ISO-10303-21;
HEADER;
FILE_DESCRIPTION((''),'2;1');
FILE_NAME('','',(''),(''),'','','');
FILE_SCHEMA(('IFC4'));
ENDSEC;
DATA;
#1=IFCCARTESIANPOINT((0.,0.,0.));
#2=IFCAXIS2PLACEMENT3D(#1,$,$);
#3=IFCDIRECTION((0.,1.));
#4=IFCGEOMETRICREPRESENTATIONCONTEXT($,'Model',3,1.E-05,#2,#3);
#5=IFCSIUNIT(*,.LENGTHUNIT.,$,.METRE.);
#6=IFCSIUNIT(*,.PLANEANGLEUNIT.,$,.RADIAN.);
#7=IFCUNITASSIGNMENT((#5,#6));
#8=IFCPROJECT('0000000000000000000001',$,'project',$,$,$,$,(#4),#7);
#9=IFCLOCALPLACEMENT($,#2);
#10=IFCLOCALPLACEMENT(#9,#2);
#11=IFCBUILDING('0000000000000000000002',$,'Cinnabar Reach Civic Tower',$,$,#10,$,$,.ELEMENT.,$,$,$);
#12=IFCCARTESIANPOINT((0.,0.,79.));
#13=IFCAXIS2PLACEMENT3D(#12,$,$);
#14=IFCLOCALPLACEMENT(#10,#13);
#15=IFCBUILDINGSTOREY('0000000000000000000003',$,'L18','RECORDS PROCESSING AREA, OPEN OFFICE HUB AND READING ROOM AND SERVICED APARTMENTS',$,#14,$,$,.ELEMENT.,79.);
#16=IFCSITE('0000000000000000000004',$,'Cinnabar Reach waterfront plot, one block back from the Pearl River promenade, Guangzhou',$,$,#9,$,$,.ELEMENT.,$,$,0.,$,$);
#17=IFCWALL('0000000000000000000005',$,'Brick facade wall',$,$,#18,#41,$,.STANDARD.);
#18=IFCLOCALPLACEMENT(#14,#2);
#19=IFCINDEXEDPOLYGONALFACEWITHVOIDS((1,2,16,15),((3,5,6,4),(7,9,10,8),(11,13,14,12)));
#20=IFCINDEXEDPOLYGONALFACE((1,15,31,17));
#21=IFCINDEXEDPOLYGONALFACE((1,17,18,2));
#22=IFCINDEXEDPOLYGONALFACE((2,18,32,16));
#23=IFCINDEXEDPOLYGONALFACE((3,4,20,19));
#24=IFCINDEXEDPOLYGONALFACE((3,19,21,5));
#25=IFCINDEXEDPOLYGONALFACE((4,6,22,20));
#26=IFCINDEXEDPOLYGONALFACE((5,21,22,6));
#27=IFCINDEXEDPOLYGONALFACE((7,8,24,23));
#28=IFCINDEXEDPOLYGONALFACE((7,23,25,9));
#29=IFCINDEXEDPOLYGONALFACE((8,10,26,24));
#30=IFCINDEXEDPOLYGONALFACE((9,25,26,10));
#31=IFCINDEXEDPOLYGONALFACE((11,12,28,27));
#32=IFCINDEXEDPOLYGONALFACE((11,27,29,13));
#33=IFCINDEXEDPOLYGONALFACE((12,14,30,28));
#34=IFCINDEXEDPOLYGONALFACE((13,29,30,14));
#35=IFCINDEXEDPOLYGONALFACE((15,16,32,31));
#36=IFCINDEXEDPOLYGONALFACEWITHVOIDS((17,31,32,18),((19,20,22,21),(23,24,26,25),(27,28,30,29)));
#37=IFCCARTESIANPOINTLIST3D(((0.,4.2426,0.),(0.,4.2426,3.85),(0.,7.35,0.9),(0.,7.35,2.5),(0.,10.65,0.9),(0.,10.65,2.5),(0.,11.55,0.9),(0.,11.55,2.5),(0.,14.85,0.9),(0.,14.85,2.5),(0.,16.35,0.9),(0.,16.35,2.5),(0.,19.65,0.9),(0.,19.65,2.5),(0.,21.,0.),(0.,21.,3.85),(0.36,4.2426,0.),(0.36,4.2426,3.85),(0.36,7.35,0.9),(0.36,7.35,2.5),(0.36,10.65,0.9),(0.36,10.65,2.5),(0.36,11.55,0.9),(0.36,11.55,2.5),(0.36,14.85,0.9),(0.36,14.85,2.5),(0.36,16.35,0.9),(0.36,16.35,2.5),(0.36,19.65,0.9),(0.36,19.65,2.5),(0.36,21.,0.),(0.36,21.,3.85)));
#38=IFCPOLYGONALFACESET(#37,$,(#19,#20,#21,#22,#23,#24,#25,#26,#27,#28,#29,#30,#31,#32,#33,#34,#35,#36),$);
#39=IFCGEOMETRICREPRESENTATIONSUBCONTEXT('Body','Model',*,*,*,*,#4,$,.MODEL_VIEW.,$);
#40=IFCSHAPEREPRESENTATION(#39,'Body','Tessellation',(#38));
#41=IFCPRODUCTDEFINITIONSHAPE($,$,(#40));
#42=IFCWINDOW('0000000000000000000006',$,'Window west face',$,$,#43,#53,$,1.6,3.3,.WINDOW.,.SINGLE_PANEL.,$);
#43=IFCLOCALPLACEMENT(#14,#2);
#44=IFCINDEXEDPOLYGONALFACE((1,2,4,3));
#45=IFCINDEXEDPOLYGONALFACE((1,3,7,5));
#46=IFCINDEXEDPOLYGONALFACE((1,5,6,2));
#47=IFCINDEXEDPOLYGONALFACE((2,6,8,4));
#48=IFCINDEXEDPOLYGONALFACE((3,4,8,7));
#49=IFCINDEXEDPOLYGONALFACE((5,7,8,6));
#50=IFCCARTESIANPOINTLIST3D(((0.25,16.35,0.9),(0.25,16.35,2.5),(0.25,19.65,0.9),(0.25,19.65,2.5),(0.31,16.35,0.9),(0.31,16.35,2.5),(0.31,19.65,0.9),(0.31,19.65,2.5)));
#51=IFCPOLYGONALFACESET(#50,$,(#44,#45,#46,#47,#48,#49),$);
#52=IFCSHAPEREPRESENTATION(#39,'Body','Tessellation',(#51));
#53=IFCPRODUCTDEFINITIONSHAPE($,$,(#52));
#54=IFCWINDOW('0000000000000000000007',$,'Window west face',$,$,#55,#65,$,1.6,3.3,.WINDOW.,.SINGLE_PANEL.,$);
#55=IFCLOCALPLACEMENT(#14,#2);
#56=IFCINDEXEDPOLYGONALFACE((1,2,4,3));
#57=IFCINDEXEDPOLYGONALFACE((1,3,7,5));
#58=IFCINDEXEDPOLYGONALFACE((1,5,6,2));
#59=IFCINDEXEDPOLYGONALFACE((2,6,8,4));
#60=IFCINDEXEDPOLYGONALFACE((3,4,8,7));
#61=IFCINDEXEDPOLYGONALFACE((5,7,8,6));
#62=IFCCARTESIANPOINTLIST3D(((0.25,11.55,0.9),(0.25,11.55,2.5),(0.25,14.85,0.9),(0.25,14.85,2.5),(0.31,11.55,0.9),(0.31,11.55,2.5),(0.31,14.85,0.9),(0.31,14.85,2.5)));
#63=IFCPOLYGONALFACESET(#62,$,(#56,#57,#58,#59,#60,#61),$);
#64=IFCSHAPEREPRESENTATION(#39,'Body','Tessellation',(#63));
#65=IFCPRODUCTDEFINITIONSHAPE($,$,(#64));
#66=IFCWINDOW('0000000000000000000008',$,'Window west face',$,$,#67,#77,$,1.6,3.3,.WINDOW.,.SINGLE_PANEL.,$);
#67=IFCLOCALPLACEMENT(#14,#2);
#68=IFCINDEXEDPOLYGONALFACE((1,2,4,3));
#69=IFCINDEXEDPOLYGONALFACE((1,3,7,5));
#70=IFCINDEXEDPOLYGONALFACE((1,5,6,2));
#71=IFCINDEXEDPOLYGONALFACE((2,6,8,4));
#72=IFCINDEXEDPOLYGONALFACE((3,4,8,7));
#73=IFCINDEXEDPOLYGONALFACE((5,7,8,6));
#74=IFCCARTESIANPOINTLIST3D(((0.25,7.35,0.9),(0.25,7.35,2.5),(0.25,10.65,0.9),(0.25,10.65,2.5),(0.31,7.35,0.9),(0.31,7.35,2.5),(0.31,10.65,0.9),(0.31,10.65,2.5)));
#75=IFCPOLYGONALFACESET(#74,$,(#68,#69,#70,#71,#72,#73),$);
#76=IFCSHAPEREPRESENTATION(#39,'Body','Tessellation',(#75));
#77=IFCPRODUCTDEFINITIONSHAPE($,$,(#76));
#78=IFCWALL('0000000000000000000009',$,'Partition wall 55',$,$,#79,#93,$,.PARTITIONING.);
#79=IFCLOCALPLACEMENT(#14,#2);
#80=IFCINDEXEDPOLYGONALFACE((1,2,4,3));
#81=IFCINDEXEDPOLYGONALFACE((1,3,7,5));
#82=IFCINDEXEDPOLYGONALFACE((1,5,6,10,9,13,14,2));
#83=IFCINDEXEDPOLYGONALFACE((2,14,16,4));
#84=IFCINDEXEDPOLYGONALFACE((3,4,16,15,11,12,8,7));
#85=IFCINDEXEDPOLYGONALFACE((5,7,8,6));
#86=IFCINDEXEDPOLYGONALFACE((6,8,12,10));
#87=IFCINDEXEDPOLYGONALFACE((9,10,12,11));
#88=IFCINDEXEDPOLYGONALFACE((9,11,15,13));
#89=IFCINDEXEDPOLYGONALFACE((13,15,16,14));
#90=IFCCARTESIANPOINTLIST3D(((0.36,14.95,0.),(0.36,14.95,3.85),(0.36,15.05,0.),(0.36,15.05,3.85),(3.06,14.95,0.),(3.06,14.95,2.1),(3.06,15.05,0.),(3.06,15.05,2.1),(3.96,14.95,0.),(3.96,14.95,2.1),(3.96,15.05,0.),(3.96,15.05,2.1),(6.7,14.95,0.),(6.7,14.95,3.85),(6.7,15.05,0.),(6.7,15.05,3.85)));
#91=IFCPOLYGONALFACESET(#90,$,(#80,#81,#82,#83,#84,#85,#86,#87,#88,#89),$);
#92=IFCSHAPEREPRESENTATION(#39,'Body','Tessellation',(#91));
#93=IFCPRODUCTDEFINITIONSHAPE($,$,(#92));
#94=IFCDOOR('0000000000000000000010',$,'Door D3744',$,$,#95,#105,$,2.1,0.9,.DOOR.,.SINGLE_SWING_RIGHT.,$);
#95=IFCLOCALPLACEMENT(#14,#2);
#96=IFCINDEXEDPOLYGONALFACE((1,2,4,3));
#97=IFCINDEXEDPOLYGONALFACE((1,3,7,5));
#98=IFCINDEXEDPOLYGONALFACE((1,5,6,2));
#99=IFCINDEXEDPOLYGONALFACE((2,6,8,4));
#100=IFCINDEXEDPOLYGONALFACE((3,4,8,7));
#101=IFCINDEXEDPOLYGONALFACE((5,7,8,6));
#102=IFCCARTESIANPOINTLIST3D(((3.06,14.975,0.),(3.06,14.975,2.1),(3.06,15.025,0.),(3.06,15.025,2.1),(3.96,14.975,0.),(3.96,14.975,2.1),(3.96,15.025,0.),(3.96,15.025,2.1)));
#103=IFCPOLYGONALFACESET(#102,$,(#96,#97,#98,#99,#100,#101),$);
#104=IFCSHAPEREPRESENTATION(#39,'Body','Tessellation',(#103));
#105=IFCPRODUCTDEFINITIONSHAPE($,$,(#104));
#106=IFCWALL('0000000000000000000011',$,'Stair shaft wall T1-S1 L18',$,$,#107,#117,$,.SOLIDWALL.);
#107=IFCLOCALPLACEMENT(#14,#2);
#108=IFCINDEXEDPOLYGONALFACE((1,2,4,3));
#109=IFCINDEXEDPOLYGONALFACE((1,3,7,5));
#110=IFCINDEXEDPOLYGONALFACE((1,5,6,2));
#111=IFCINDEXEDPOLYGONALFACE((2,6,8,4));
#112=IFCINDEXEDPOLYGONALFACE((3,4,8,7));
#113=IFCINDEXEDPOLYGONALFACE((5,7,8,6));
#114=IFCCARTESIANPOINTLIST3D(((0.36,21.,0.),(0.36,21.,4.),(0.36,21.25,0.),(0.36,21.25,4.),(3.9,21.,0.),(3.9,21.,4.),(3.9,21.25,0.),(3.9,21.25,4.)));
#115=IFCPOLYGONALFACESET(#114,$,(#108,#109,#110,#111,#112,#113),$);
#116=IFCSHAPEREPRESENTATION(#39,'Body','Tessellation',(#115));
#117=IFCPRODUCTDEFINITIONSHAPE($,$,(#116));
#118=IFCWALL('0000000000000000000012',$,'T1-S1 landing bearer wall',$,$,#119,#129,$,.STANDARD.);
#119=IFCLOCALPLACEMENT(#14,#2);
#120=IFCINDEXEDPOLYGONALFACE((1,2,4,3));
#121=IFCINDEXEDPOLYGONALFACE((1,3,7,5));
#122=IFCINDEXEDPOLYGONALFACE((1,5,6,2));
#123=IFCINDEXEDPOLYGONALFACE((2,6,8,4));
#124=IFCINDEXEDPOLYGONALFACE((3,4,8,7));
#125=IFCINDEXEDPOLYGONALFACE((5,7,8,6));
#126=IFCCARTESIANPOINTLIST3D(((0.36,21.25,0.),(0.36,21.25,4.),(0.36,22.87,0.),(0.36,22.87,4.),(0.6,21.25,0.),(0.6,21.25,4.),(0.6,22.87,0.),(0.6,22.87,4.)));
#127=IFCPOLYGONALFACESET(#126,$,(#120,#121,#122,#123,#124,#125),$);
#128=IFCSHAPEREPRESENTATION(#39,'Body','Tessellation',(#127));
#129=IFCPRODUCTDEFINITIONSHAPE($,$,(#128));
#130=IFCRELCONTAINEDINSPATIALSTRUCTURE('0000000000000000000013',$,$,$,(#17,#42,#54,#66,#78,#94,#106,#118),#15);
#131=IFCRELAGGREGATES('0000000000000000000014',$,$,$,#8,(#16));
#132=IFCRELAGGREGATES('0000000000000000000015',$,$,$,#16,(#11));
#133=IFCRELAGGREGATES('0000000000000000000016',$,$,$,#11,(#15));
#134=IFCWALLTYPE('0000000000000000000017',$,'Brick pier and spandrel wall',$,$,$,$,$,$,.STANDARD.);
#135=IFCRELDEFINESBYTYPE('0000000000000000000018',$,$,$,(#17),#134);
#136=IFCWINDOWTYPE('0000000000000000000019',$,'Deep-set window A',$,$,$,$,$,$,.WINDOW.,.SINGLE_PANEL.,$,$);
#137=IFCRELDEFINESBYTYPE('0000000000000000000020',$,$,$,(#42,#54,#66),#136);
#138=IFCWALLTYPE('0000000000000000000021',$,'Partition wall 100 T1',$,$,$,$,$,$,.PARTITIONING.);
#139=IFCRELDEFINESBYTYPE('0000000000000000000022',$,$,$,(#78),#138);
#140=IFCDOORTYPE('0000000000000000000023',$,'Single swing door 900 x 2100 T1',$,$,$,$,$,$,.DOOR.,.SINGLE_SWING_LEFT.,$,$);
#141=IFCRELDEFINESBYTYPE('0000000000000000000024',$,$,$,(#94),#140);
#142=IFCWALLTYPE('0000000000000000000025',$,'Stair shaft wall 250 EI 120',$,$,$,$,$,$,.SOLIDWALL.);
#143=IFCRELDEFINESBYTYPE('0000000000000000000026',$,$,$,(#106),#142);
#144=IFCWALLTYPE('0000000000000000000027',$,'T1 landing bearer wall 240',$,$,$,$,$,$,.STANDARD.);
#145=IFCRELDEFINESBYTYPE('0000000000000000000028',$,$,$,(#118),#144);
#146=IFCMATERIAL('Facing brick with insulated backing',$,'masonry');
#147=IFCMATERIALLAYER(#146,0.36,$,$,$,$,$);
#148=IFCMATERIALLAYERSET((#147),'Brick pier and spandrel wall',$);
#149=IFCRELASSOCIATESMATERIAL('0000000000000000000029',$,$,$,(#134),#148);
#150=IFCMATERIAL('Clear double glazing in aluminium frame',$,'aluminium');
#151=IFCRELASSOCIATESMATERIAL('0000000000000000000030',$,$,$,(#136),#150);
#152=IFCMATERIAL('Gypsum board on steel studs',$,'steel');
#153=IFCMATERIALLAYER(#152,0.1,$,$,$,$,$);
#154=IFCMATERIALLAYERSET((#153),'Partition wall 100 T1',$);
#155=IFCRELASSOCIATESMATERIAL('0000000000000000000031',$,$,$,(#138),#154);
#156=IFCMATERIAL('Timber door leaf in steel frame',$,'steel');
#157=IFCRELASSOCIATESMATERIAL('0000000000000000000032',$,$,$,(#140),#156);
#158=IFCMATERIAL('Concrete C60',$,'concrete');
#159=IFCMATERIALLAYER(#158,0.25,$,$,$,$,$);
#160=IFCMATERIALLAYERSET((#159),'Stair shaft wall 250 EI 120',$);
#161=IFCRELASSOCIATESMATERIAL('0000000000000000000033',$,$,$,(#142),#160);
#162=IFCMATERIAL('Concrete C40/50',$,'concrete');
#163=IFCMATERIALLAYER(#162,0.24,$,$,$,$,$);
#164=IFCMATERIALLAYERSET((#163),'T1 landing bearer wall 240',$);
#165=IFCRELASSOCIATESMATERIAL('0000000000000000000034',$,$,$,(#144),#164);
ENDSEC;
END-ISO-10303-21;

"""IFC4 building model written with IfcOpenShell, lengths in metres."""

from ifc_helpers import new_model, si_unit, direction, frame, frame_2d, origin, place, context, subcontext, project, spatial, rectangle, extrude, material, layer, layer_set, type_object, element, fill, save


model = new_model("IFC4")

# Units and contexts
model_context = context("Model", 3, precision=1e-05, world=origin(), true_north=direction((0.0, 1.0)))
body_context = subcontext(model_context, "Body", "Model", "MODEL_VIEW")
ifc_project = project(units=[si_unit("LENGTHUNIT", "METRE"), si_unit("PLANEANGLEUNIT", "RADIAN")], contexts=[model_context])

# Site, building, storey
site_placement = place(None, origin())
site = spatial("IfcSite", under=ifc_project, at=site_placement, Name="Cinnabar Reach waterfront plot, one block back from the Pearl River promenade, Guangzhou", CompositionType="ELEMENT", RefElevation=0.0)
building_placement = place(site_placement, origin())
building = spatial("IfcBuilding", under=site, at=building_placement, Name="Cinnabar Reach Civic Tower", CompositionType="ELEMENT")
storey_placement = place(building_placement, frame((0.0, 0.0, 79.0)))
storey = spatial("IfcBuildingStorey", under=building, at=storey_placement, Name="L18", Description="RECORDS PROCESSING AREA, OPEN OFFICE HUB AND READING ROOM AND SERVICED APARTMENTS", CompositionType="ELEMENT", Elevation=79.0)

# Shared definitions
ifc_material_1 = material(Name="Facing brick with insulated backing", Category="masonry")

# Wall, openings, windows
ifc_layer_1 = layer(ifc_material_1, 0.36)
ifc_layer_set_1 = layer_set([ifc_layer_1], Name="Brick pier and spandrel wall")
wall_type_1 = type_object("IfcWallType", Name="Brick pier and spandrel wall", PredefinedType="STANDARD", material=ifc_layer_set_1)
wall_1_placement = place(storey_placement, frame((0.18, 21.0, 0.0), z_axis=(0.0, 0.0, 1.0), x_axis=(0.0, -1.0, 0.0)))
wall_1 = element("IfcWall", 1, at=wall_1_placement, inside=storey, type_object=wall_type_1, Name="Brick facade wall", PredefinedType="STANDARD", context=body_context, shape_type="SweptSolid", body=[
    extrude(rectangle(XDim=16.7574, YDim=0.36, at=frame_2d((8.3787, 0.0))), origin(), (0.0, 0.0, 1.0), 3.85),
])
opening_1_placement = place(wall_1_placement, frame((1.35, 0.0, 0.9)))
opening_1 = element("IfcOpeningElement", 2, at=opening_1_placement, cuts=wall_1, PredefinedType="OPENING", context=body_context, shape_type="SweptSolid", body=[
    extrude(rectangle(XDim=3.3, YDim=1.6, at=frame_2d((1.65, 0.8))), frame((0.0, 0.19, 0.0), z_axis=(0.0, -1.0, 0.0), x_axis=(1.0, 0.0, 0.0)), (0.0, 0.0, 1.0), 0.38),
])
opening_2_placement = place(wall_1_placement, frame((6.15, 0.0, 0.9)))
opening_2 = element("IfcOpeningElement", 3, at=opening_2_placement, cuts=wall_1, PredefinedType="OPENING", context=body_context, shape_type="SweptSolid", body=[
    extrude(rectangle(XDim=3.3, YDim=1.6, at=frame_2d((1.65, 0.8))), frame((0.0, 0.19, 0.0), z_axis=(0.0, -1.0, 0.0), x_axis=(1.0, 0.0, 0.0)), (0.0, 0.0, 1.0), 0.38),
])
opening_3_placement = place(wall_1_placement, frame((10.35, 0.0, 0.9)))
opening_3 = element("IfcOpeningElement", 4, at=opening_3_placement, cuts=wall_1, PredefinedType="OPENING", context=body_context, shape_type="SweptSolid", body=[
    extrude(rectangle(XDim=3.3, YDim=1.6, at=frame_2d((1.65, 0.8))), frame((0.0, 0.19, 0.0), z_axis=(0.0, -1.0, 0.0), x_axis=(1.0, 0.0, 0.0)), (0.0, 0.0, 1.0), 0.38),
])
ifc_material_2 = material(Name="Clear double glazing in aluminium frame", Category="aluminium")
window_type = type_object("IfcWindowType", Name="Deep-set window A", PartitioningType="SINGLE_PANEL", PredefinedType="WINDOW", material=ifc_material_2)
window_1_placement = place(opening_1_placement, origin())
window_1 = element("IfcWindow", 5, at=window_1_placement, inside=storey, type_object=window_type, Name="Window west face", OverallHeight=1.6, OverallWidth=3.3, PartitioningType="SINGLE_PANEL", PredefinedType="WINDOW", context=body_context, shape_type="SweptSolid", body=[
    extrude(rectangle(XDim=3.3, YDim=1.6, at=frame_2d((1.65, 0.8))), frame((0.0, 0.13, 0.0), z_axis=(0.0, -1.0, 0.0), x_axis=(1.0, 0.0, 0.0)), (0.0, 0.0, 1.0), 0.06),
])
fill(opening_1, window_1)
window_2_placement = place(opening_2_placement, origin())
window_2 = element("IfcWindow", 6, at=window_2_placement, inside=storey, type_object=window_type, Name="Window west face", OverallHeight=1.6, OverallWidth=3.3, PartitioningType="SINGLE_PANEL", PredefinedType="WINDOW", context=body_context, shape_type="SweptSolid", body=[
    extrude(rectangle(XDim=3.3, YDim=1.6, at=frame_2d((1.65, 0.8))), frame((0.0, 0.13, 0.0), z_axis=(0.0, -1.0, 0.0), x_axis=(1.0, 0.0, 0.0)), (0.0, 0.0, 1.0), 0.06),
])
fill(opening_2, window_2)
window_3_placement = place(opening_3_placement, origin())
window_3 = element("IfcWindow", 7, at=window_3_placement, inside=storey, type_object=window_type, Name="Window west face", OverallHeight=1.6, OverallWidth=3.3, PartitioningType="SINGLE_PANEL", PredefinedType="WINDOW", context=body_context, shape_type="SweptSolid", body=[
    extrude(rectangle(XDim=3.3, YDim=1.6, at=frame_2d((1.65, 0.8))), frame((0.0, 0.13, 0.0), z_axis=(0.0, -1.0, 0.0), x_axis=(1.0, 0.0, 0.0)), (0.0, 0.0, 1.0), 0.06),
])
fill(opening_3, window_3)

# Wall, opening, door
ifc_material_3 = material(Name="Gypsum board on steel studs", Category="steel")
ifc_layer_2 = layer(ifc_material_3, 0.1)
ifc_layer_set_2 = layer_set([ifc_layer_2], Name="Partition wall 100 T1")
wall_type_2 = type_object("IfcWallType", Name="Partition wall 100 T1", PredefinedType="PARTITIONING", material=ifc_layer_set_2)
wall_2_placement = place(storey_placement, frame((0.36, 15.0, 0.0), z_axis=(0.0, 0.0, 1.0), x_axis=(1.0, 0.0, 0.0)))
wall_2 = element("IfcWall", 8, at=wall_2_placement, inside=storey, type_object=wall_type_2, Name="Partition wall 55", PredefinedType="PARTITIONING", context=body_context, shape_type="SweptSolid", body=[
    extrude(rectangle(XDim=6.34, YDim=0.1, at=frame_2d((3.17, 0.0))), origin(), (0.0, 0.0, 1.0), 3.85),
])
opening_4_placement = place(wall_2_placement, frame((2.7, 0.0, 0.0)))
opening_4 = element("IfcOpeningElement", 9, at=opening_4_placement, cuts=wall_2, PredefinedType="OPENING", context=body_context, shape_type="SweptSolid", body=[
    extrude(rectangle(XDim=0.9, YDim=2.1, at=frame_2d((0.45, 1.05))), frame((0.0, 0.06, 0.0), z_axis=(0.0, -1.0, 0.0), x_axis=(1.0, 0.0, 0.0)), (0.0, 0.0, 1.0), 0.12),
])
ifc_material_4 = material(Name="Timber door leaf in steel frame", Category="steel")
door_type = type_object("IfcDoorType", Name="Single swing door 900 x 2100 T1", OperationType="SINGLE_SWING_LEFT", PredefinedType="DOOR", material=ifc_material_4)
door_placement = place(opening_4_placement, origin())
door = element("IfcDoor", 10, at=door_placement, inside=storey, type_object=door_type, Name="Door D3744", OperationType="SINGLE_SWING_RIGHT", OverallHeight=2.1, OverallWidth=0.9, PredefinedType="DOOR", context=body_context, shape_type="SweptSolid", body=[
    extrude(rectangle(XDim=0.9, YDim=2.1, at=frame_2d((0.45, 1.05))), frame((0.0, 0.025, 0.0), z_axis=(0.0, -1.0, 0.0), x_axis=(1.0, 0.0, 0.0)), (0.0, 0.0, 1.0), 0.05),
])
fill(opening_4, door)

# Walls
ifc_material_5 = material(Name="Concrete C60", Category="concrete")
ifc_layer_3 = layer(ifc_material_5, 0.25)
ifc_layer_set_3 = layer_set([ifc_layer_3], Name="Stair shaft wall 250 EI 120")
wall_type_3 = type_object("IfcWallType", Name="Stair shaft wall 250 EI 120", PredefinedType="SOLIDWALL", material=ifc_layer_set_3)
wall_3_placement = place(storey_placement, frame((0.36, 21.125, 0.0), z_axis=(0.0, 0.0, 1.0), x_axis=(1.0, 0.0, 0.0)))
element("IfcWall", 11, at=wall_3_placement, inside=storey, type_object=wall_type_3, Name="Stair shaft wall T1-S1 L18", PredefinedType="SOLIDWALL", context=body_context, shape_type="SweptSolid", body=[
    extrude(rectangle(XDim=3.54, YDim=0.25, at=frame_2d((1.77, 0.0))), origin(), (0.0, 0.0, 1.0), 4.0),
])
ifc_material_6 = material(Name="Concrete C40/50", Category="concrete")
ifc_layer_4 = layer(ifc_material_6, 0.24)
ifc_layer_set_4 = layer_set([ifc_layer_4], Name="T1 landing bearer wall 240")
wall_type_4 = type_object("IfcWallType", Name="T1 landing bearer wall 240", PredefinedType="STANDARD", material=ifc_layer_set_4)
wall_4_placement = place(storey_placement, frame((0.48, 21.25, 0.0), z_axis=(0.0, 0.0, 1.0), x_axis=(0.0, 1.0, 0.0)))
element("IfcWall", 12, at=wall_4_placement, inside=storey, type_object=wall_type_4, Name="T1-S1 landing bearer wall", PredefinedType="STANDARD", context=body_context, shape_type="SweptSolid", body=[
    extrude(rectangle(XDim=1.62, YDim=0.24, at=frame_2d((0.81, 0.0))), origin(), (0.0, 0.0, 1.0), 4.0),
])

save(model, "model.ifc")
